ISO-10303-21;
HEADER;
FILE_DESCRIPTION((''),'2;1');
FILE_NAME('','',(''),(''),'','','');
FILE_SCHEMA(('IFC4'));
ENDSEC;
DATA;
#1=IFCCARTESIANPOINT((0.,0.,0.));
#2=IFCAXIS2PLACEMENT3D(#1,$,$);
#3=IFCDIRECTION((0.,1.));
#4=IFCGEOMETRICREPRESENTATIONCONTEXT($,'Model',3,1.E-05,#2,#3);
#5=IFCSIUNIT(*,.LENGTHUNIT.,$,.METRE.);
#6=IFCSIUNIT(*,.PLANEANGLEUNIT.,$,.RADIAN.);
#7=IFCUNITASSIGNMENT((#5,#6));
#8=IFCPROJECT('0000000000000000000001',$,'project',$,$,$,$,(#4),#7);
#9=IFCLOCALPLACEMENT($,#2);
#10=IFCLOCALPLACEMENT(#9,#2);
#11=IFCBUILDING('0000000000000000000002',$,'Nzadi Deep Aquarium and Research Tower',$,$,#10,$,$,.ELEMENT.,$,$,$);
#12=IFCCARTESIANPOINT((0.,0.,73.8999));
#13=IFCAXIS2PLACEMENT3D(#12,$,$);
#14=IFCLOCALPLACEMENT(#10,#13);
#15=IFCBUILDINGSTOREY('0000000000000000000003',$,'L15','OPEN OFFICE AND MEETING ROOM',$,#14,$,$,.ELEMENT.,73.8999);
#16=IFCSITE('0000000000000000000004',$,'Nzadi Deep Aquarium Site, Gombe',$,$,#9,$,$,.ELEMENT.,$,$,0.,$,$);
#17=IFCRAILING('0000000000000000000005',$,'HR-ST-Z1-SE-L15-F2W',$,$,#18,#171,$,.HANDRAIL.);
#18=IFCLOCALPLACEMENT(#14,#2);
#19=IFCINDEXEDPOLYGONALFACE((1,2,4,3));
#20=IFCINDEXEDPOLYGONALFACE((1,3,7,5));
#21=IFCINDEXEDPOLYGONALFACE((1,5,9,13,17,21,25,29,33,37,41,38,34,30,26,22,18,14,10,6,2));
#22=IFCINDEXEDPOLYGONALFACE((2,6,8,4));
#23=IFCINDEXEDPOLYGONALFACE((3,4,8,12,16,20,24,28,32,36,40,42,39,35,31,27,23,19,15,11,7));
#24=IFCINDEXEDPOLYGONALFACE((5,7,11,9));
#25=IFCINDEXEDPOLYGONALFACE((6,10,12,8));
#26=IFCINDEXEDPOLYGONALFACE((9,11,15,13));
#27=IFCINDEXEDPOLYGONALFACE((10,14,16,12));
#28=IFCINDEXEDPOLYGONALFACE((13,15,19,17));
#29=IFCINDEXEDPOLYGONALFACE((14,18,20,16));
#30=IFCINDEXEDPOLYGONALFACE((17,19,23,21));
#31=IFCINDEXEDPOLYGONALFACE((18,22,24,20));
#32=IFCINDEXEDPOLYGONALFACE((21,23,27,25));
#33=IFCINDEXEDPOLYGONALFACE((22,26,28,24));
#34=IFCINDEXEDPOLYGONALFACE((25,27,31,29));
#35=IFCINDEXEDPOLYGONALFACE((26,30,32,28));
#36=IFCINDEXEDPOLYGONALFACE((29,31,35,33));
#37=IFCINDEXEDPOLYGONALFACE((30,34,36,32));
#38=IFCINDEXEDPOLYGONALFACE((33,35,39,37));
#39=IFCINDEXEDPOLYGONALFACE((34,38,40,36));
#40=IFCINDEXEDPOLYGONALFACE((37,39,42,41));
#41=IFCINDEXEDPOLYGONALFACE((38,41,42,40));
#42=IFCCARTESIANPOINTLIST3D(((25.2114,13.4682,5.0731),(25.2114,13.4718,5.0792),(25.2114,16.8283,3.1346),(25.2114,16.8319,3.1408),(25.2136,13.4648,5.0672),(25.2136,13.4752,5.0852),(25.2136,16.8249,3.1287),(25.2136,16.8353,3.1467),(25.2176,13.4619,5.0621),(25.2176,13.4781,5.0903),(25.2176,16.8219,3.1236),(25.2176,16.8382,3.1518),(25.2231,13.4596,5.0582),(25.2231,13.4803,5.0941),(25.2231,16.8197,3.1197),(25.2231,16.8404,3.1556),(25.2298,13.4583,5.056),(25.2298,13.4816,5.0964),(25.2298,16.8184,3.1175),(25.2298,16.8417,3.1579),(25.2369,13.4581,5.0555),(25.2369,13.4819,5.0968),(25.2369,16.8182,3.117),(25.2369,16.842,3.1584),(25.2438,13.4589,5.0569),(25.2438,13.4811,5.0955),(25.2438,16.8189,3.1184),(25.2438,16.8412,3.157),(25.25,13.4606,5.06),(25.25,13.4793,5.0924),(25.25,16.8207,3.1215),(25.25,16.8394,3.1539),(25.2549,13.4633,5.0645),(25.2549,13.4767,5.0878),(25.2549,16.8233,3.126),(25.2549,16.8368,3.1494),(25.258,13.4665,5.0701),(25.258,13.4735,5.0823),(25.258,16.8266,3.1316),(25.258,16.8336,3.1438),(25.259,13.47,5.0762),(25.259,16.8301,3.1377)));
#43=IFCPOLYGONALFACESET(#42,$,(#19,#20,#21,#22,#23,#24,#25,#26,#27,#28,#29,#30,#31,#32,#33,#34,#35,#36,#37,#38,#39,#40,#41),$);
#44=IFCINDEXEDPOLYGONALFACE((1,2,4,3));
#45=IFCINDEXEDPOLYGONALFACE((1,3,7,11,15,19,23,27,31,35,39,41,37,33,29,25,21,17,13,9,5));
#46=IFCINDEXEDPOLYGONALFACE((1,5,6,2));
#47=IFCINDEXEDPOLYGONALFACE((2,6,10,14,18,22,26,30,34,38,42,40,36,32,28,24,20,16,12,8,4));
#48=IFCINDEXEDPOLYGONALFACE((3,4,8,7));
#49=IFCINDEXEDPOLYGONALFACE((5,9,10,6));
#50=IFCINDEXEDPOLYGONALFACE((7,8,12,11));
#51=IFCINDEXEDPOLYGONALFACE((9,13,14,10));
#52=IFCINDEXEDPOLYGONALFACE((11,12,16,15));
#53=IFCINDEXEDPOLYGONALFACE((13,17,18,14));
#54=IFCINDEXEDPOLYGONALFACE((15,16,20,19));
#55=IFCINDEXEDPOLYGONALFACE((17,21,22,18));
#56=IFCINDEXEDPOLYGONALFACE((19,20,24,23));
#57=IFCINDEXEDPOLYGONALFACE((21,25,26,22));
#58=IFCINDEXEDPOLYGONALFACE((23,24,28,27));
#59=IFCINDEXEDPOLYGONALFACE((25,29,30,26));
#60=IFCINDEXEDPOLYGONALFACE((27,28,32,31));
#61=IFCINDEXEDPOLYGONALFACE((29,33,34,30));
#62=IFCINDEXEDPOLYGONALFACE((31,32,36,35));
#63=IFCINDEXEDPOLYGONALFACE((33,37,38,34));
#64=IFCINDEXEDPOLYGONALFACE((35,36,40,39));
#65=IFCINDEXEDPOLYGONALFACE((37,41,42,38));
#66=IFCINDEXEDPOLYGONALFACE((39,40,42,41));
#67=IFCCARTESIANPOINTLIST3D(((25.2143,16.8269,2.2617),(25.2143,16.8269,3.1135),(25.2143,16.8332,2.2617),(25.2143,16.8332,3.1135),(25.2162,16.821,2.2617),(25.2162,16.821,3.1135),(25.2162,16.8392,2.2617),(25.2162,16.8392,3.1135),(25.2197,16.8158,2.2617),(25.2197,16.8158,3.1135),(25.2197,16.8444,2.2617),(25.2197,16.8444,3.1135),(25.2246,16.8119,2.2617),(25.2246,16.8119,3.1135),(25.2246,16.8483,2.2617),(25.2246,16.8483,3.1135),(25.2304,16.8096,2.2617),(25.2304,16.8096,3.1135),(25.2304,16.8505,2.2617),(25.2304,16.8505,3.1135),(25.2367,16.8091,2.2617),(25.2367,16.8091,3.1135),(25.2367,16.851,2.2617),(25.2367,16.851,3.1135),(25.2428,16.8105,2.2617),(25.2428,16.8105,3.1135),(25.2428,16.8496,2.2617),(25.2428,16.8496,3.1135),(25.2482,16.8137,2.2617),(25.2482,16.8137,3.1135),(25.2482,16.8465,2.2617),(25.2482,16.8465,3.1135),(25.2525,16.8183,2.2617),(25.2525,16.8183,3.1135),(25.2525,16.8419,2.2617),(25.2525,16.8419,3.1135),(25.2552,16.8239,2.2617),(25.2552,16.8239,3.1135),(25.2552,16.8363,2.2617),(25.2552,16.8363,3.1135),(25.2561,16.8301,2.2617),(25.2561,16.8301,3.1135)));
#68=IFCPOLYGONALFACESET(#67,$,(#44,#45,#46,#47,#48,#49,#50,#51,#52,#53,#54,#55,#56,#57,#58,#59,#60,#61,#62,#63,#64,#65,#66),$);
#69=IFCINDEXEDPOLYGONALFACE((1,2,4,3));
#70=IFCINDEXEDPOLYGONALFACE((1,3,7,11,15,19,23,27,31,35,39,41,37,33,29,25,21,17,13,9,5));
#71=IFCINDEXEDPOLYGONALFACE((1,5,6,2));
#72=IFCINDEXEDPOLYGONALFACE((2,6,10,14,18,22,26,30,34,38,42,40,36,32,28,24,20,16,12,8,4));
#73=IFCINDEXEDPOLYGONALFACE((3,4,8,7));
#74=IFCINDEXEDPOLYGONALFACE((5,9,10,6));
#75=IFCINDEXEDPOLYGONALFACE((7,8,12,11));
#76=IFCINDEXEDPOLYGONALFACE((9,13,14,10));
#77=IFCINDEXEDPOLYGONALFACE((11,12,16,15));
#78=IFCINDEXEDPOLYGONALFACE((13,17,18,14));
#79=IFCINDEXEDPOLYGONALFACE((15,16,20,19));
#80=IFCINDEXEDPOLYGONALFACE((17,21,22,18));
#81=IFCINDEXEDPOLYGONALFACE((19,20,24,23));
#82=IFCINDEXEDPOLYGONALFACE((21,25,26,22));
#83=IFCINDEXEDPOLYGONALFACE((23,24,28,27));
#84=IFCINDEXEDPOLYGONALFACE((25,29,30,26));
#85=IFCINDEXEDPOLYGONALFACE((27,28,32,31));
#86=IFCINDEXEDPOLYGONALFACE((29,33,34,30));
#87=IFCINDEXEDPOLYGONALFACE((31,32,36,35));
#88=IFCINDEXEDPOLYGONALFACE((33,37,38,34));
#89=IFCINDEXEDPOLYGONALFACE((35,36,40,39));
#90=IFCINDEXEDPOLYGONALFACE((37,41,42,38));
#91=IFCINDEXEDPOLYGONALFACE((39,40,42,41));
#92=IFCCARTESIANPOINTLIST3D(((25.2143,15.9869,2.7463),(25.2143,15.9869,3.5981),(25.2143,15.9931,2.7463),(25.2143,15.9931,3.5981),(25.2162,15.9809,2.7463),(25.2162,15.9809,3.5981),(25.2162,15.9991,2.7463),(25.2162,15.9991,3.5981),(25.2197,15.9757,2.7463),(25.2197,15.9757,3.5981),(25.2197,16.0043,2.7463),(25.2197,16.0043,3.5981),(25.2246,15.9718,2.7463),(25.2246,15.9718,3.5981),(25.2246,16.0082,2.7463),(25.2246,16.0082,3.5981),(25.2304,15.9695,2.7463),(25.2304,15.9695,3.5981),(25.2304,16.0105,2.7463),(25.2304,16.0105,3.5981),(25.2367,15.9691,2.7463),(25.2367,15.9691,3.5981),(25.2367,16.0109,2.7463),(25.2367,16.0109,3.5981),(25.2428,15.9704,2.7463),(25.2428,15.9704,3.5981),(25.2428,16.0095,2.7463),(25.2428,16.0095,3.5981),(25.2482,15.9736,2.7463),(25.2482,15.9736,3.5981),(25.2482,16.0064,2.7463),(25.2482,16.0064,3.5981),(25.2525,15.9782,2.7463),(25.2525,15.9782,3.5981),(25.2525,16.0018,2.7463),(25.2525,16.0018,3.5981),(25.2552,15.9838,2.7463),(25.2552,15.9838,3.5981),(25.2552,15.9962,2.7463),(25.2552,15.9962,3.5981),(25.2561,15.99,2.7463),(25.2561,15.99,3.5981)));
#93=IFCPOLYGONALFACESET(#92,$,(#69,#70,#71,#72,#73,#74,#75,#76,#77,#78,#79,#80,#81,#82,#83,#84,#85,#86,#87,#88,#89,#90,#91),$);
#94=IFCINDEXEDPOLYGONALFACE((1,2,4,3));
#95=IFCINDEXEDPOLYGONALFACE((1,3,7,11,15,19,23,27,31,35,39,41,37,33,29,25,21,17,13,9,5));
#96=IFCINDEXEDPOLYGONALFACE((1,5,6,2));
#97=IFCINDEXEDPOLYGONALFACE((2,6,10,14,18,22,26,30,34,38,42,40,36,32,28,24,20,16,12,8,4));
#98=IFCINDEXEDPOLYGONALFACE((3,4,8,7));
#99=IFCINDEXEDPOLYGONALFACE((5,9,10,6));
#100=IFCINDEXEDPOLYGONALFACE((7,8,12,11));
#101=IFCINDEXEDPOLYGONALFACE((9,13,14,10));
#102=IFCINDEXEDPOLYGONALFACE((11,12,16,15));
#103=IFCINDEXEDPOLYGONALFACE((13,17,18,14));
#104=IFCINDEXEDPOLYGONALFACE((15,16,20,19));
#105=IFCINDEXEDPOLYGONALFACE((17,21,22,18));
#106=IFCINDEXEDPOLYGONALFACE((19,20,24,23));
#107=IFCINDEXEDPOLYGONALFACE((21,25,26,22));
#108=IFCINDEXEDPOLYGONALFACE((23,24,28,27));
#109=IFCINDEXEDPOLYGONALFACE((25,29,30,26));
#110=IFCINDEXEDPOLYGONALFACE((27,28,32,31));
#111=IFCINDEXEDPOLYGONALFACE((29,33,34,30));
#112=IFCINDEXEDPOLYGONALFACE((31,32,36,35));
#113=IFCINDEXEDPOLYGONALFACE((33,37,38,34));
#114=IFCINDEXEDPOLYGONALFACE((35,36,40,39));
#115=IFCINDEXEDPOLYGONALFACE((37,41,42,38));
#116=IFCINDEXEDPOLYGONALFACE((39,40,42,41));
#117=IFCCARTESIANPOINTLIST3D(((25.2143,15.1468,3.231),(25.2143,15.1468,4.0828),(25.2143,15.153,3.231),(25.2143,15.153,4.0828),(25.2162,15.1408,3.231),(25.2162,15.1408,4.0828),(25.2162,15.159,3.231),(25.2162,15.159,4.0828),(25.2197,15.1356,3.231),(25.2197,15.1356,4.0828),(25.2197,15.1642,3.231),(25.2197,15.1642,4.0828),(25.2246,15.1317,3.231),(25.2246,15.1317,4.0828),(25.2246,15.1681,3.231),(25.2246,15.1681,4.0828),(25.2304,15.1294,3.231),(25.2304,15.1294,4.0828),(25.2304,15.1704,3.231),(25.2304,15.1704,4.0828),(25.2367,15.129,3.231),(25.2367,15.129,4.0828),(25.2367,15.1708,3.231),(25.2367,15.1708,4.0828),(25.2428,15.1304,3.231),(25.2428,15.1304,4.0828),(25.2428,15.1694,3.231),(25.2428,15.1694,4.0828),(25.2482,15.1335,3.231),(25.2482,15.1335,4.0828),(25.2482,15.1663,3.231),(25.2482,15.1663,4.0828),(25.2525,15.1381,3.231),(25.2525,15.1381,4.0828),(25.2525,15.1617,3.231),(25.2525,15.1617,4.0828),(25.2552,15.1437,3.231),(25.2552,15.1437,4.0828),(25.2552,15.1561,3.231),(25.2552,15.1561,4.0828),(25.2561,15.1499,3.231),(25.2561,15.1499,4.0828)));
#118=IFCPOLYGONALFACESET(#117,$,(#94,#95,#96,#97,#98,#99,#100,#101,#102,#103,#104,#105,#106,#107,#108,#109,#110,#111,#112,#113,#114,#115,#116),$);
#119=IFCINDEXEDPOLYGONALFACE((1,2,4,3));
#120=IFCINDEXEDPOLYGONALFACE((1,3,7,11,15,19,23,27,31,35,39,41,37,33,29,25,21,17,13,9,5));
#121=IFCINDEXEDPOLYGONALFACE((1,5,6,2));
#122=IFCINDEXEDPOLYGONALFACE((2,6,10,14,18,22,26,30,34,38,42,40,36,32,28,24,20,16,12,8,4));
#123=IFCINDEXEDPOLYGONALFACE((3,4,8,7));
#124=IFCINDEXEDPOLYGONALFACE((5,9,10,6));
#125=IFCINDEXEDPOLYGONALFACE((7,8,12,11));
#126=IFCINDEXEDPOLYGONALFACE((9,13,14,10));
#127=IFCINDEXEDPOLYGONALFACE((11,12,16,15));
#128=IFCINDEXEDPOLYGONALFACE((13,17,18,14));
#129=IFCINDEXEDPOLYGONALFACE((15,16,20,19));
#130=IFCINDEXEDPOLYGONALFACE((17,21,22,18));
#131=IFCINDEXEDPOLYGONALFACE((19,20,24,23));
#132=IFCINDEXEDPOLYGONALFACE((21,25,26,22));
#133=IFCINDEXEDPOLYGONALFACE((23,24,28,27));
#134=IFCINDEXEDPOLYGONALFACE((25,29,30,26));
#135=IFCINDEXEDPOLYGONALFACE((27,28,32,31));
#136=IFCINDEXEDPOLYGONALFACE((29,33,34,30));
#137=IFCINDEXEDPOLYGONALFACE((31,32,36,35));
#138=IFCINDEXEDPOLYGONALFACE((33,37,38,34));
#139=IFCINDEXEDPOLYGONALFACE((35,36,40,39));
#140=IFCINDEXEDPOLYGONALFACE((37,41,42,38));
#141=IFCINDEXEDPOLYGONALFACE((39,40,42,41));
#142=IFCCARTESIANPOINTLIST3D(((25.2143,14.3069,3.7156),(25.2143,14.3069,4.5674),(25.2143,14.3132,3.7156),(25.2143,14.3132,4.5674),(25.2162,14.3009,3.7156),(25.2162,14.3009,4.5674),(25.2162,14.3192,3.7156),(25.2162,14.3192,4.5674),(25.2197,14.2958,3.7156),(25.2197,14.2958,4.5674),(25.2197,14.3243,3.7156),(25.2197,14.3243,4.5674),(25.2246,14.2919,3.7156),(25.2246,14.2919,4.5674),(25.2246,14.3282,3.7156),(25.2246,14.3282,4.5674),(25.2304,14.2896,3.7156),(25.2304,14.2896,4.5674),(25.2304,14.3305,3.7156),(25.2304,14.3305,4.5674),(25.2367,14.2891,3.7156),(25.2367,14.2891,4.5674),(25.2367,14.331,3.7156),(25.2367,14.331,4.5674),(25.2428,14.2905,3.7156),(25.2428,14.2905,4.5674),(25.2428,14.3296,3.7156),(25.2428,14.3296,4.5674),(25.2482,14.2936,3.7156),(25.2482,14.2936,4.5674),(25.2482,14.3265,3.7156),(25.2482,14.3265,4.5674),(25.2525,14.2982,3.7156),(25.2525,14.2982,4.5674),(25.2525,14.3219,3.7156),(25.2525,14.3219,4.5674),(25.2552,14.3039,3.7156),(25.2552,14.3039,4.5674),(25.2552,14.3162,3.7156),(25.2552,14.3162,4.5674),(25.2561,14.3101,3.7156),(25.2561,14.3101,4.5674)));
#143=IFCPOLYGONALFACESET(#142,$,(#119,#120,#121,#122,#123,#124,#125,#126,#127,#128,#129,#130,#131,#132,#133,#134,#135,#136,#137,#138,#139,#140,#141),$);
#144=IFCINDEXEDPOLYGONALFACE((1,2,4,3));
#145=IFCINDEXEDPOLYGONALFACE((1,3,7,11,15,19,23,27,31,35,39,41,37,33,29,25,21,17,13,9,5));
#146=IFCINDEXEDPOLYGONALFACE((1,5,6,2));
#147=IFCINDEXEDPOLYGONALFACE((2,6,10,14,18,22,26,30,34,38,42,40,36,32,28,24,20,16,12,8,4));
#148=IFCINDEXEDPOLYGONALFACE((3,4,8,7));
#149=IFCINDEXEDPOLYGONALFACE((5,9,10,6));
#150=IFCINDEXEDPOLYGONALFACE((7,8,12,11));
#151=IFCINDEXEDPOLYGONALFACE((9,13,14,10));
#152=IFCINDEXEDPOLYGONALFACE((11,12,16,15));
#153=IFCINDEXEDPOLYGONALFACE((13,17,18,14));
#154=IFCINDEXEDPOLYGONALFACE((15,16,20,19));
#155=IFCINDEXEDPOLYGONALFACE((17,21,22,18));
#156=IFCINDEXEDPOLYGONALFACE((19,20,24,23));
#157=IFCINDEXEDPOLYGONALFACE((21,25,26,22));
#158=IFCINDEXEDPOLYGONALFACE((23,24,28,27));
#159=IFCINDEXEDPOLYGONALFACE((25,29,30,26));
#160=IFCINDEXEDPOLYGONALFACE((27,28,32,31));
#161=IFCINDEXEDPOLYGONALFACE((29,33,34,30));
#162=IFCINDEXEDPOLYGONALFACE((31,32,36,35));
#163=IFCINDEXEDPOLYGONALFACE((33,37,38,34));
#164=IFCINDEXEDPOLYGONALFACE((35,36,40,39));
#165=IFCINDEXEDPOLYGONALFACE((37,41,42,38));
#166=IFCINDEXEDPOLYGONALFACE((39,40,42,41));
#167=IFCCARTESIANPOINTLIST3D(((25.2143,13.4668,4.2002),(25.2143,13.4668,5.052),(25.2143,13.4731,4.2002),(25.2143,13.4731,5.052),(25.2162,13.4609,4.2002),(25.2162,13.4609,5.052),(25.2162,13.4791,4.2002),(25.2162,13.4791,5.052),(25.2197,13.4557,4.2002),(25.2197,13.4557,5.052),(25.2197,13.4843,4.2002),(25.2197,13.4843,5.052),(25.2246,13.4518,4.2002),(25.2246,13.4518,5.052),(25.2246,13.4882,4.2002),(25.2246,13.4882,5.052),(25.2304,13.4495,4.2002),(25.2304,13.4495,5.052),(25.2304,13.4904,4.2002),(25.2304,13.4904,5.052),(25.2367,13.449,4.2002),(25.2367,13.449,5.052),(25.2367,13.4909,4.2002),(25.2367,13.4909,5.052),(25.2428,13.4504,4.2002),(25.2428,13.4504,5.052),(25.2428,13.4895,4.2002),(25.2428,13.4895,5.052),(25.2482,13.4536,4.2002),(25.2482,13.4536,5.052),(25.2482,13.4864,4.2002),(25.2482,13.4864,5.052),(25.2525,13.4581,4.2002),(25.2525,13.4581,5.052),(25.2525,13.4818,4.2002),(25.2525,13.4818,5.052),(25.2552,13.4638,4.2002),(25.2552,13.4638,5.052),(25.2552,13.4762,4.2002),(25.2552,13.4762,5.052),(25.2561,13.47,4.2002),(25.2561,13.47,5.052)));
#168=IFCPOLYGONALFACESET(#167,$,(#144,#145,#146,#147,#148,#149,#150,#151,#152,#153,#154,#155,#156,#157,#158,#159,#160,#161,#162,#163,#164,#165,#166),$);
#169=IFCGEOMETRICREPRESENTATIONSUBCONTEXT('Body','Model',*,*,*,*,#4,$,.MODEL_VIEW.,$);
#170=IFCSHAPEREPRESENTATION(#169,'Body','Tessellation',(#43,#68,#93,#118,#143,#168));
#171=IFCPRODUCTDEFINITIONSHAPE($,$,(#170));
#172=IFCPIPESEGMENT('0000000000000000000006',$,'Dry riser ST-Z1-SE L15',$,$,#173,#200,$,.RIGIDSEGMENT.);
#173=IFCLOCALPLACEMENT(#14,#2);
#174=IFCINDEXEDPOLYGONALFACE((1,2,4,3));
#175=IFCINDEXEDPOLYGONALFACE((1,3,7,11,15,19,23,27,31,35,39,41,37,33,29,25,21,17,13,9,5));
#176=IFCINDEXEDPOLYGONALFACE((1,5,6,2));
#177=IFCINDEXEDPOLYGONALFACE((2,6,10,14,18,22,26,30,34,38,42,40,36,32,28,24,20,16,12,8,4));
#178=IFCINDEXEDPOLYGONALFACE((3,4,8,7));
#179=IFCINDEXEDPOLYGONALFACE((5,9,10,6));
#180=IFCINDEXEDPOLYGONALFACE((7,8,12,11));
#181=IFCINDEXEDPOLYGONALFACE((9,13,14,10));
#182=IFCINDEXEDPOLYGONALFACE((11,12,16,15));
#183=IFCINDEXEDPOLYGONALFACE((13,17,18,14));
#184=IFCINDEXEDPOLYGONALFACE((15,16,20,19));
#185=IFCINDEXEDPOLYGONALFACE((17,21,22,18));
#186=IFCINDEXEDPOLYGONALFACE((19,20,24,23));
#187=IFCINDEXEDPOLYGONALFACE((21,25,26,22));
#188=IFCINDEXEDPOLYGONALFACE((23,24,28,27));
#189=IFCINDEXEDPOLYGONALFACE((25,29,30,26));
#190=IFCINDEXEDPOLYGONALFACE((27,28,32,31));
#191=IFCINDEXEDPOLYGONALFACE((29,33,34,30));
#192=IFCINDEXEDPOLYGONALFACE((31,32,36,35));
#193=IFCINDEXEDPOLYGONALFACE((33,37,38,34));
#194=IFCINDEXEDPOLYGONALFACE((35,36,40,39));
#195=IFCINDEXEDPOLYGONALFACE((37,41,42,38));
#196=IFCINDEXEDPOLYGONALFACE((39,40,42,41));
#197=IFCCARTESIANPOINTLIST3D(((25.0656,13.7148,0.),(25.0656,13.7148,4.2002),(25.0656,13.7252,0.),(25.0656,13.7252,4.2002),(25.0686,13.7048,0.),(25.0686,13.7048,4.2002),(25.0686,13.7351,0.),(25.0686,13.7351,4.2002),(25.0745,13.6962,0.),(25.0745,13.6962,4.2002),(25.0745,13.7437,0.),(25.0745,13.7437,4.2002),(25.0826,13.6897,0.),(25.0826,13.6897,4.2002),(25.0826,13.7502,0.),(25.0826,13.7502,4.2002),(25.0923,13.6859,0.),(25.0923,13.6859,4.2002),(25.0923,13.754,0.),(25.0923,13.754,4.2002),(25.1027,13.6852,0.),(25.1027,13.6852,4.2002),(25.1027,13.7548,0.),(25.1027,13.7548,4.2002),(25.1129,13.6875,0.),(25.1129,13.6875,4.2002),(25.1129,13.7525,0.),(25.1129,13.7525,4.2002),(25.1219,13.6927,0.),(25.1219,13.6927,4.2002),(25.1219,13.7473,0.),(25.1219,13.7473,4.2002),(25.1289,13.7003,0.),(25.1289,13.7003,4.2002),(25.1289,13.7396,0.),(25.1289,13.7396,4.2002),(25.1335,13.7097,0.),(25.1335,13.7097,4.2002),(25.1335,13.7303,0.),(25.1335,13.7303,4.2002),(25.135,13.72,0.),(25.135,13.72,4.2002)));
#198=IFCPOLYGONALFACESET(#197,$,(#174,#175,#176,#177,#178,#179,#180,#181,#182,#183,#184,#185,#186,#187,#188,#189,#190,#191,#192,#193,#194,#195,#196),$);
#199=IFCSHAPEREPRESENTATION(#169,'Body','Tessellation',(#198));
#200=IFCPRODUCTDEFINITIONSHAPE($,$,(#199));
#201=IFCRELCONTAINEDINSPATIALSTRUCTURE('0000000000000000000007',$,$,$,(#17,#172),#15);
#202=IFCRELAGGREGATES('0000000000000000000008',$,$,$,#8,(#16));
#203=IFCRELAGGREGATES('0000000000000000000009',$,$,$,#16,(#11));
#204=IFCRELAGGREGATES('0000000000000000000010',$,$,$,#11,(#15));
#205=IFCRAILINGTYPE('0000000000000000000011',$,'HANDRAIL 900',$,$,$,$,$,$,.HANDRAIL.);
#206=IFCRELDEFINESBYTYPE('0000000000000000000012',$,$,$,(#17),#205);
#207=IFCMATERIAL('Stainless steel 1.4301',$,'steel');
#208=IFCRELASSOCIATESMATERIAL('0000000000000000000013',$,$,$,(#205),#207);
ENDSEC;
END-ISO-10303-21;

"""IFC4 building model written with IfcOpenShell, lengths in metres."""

from ifc_helpers import new_model, si_unit, direction, frame, origin, origin_2d, place, context, subcontext, project, spatial, circle, extrude, material, type_object, element, save


model = new_model("IFC4")

# Units and contexts
model_context = context("Model", 3, precision=1e-05, world=origin(), true_north=direction((0.0, 1.0)))
body_context = subcontext(model_context, "Body", "Model", "MODEL_VIEW")
ifc_project = project(units=[si_unit("LENGTHUNIT", "METRE"), si_unit("PLANEANGLEUNIT", "RADIAN")], contexts=[model_context])

# Site, building, storey
site_placement = place(None, origin())
site = spatial("IfcSite", under=ifc_project, at=site_placement, Name="Nzadi Deep Aquarium Site, Gombe", CompositionType="ELEMENT", RefElevation=0.0)
building_placement = place(site_placement, origin())
building = spatial("IfcBuilding", under=site, at=building_placement, Name="Nzadi Deep Aquarium and Research Tower", CompositionType="ELEMENT")
storey_placement = place(building_placement, frame((0.0, 0.0, 73.8999)))
storey = spatial("IfcBuildingStorey", under=building, at=storey_placement, Name="L15", Description="OPEN OFFICE AND MEETING ROOM", CompositionType="ELEMENT", Elevation=73.8999)

# Railing
ifc_material_1 = material(Name="Stainless steel 1.4301", Category="steel")
railing_type = type_object("IfcRailingType", Name="HANDRAIL 900", PredefinedType="HANDRAIL", material=ifc_material_1)
for number, where, name in (
    (1, (25.2351, 16.8301, 2.2617), "HR-ST-Z1-SE-L15-F2W"),
):
    element("IfcRailing", number, at=place(storey_placement, frame(where)), inside=storey, type_object=railing_type, Name=name, PredefinedType="HANDRAIL", context=body_context, shape_type="SweptSolid", body=[
        extrude(circle(Radius=0.0239, at=origin_2d()), frame((0.0, 0.0, 0.876), z_axis=(0.0, -0.866191, 0.499713), x_axis=(1.0, 0.0, 0.0)), (0.0, 0.0, 1.0), 3.8792),
        extrude(circle(Radius=0.021, at=origin_2d()), origin(), (0.0, 0.0, 1.0), 0.8518),
        extrude(circle(Radius=0.021, at=origin_2d()), frame((0.0, -0.8401, 0.4846)), (0.0, 0.0, 1.0), 0.8518),
        extrude(circle(Radius=0.021, at=origin_2d()), frame((0.0, -1.6802, 0.9692)), (0.0, 0.0, 1.0), 0.8518),
        extrude(circle(Radius=0.021, at=origin_2d()), frame((0.0, -2.52, 1.4539)), (0.0, 0.0, 1.0), 0.8518),
        extrude(circle(Radius=0.021, at=origin_2d()), frame((0.0, -3.3601, 1.9385)), (0.0, 0.0, 1.0), 0.8518),
    ])

# Pipe segment
pipe_segment_placement = place(storey_placement, frame((25.1001, 13.72, 0.0), z_axis=(0.0, 0.0, 1.0), x_axis=(1.0, 0.0, 0.0)))
element("IfcPipeSegment", 2, at=pipe_segment_placement, inside=storey, Name="Dry riser ST-Z1-SE L15", PredefinedType="RIGIDSEGMENT", context=body_context, shape_type="SweptSolid", body=[
    extrude(circle(Radius=0.0349, at=origin_2d()), origin(), (0.0, 0.0, 1.0), 4.2002),
])

save(model, "model.ifc")
